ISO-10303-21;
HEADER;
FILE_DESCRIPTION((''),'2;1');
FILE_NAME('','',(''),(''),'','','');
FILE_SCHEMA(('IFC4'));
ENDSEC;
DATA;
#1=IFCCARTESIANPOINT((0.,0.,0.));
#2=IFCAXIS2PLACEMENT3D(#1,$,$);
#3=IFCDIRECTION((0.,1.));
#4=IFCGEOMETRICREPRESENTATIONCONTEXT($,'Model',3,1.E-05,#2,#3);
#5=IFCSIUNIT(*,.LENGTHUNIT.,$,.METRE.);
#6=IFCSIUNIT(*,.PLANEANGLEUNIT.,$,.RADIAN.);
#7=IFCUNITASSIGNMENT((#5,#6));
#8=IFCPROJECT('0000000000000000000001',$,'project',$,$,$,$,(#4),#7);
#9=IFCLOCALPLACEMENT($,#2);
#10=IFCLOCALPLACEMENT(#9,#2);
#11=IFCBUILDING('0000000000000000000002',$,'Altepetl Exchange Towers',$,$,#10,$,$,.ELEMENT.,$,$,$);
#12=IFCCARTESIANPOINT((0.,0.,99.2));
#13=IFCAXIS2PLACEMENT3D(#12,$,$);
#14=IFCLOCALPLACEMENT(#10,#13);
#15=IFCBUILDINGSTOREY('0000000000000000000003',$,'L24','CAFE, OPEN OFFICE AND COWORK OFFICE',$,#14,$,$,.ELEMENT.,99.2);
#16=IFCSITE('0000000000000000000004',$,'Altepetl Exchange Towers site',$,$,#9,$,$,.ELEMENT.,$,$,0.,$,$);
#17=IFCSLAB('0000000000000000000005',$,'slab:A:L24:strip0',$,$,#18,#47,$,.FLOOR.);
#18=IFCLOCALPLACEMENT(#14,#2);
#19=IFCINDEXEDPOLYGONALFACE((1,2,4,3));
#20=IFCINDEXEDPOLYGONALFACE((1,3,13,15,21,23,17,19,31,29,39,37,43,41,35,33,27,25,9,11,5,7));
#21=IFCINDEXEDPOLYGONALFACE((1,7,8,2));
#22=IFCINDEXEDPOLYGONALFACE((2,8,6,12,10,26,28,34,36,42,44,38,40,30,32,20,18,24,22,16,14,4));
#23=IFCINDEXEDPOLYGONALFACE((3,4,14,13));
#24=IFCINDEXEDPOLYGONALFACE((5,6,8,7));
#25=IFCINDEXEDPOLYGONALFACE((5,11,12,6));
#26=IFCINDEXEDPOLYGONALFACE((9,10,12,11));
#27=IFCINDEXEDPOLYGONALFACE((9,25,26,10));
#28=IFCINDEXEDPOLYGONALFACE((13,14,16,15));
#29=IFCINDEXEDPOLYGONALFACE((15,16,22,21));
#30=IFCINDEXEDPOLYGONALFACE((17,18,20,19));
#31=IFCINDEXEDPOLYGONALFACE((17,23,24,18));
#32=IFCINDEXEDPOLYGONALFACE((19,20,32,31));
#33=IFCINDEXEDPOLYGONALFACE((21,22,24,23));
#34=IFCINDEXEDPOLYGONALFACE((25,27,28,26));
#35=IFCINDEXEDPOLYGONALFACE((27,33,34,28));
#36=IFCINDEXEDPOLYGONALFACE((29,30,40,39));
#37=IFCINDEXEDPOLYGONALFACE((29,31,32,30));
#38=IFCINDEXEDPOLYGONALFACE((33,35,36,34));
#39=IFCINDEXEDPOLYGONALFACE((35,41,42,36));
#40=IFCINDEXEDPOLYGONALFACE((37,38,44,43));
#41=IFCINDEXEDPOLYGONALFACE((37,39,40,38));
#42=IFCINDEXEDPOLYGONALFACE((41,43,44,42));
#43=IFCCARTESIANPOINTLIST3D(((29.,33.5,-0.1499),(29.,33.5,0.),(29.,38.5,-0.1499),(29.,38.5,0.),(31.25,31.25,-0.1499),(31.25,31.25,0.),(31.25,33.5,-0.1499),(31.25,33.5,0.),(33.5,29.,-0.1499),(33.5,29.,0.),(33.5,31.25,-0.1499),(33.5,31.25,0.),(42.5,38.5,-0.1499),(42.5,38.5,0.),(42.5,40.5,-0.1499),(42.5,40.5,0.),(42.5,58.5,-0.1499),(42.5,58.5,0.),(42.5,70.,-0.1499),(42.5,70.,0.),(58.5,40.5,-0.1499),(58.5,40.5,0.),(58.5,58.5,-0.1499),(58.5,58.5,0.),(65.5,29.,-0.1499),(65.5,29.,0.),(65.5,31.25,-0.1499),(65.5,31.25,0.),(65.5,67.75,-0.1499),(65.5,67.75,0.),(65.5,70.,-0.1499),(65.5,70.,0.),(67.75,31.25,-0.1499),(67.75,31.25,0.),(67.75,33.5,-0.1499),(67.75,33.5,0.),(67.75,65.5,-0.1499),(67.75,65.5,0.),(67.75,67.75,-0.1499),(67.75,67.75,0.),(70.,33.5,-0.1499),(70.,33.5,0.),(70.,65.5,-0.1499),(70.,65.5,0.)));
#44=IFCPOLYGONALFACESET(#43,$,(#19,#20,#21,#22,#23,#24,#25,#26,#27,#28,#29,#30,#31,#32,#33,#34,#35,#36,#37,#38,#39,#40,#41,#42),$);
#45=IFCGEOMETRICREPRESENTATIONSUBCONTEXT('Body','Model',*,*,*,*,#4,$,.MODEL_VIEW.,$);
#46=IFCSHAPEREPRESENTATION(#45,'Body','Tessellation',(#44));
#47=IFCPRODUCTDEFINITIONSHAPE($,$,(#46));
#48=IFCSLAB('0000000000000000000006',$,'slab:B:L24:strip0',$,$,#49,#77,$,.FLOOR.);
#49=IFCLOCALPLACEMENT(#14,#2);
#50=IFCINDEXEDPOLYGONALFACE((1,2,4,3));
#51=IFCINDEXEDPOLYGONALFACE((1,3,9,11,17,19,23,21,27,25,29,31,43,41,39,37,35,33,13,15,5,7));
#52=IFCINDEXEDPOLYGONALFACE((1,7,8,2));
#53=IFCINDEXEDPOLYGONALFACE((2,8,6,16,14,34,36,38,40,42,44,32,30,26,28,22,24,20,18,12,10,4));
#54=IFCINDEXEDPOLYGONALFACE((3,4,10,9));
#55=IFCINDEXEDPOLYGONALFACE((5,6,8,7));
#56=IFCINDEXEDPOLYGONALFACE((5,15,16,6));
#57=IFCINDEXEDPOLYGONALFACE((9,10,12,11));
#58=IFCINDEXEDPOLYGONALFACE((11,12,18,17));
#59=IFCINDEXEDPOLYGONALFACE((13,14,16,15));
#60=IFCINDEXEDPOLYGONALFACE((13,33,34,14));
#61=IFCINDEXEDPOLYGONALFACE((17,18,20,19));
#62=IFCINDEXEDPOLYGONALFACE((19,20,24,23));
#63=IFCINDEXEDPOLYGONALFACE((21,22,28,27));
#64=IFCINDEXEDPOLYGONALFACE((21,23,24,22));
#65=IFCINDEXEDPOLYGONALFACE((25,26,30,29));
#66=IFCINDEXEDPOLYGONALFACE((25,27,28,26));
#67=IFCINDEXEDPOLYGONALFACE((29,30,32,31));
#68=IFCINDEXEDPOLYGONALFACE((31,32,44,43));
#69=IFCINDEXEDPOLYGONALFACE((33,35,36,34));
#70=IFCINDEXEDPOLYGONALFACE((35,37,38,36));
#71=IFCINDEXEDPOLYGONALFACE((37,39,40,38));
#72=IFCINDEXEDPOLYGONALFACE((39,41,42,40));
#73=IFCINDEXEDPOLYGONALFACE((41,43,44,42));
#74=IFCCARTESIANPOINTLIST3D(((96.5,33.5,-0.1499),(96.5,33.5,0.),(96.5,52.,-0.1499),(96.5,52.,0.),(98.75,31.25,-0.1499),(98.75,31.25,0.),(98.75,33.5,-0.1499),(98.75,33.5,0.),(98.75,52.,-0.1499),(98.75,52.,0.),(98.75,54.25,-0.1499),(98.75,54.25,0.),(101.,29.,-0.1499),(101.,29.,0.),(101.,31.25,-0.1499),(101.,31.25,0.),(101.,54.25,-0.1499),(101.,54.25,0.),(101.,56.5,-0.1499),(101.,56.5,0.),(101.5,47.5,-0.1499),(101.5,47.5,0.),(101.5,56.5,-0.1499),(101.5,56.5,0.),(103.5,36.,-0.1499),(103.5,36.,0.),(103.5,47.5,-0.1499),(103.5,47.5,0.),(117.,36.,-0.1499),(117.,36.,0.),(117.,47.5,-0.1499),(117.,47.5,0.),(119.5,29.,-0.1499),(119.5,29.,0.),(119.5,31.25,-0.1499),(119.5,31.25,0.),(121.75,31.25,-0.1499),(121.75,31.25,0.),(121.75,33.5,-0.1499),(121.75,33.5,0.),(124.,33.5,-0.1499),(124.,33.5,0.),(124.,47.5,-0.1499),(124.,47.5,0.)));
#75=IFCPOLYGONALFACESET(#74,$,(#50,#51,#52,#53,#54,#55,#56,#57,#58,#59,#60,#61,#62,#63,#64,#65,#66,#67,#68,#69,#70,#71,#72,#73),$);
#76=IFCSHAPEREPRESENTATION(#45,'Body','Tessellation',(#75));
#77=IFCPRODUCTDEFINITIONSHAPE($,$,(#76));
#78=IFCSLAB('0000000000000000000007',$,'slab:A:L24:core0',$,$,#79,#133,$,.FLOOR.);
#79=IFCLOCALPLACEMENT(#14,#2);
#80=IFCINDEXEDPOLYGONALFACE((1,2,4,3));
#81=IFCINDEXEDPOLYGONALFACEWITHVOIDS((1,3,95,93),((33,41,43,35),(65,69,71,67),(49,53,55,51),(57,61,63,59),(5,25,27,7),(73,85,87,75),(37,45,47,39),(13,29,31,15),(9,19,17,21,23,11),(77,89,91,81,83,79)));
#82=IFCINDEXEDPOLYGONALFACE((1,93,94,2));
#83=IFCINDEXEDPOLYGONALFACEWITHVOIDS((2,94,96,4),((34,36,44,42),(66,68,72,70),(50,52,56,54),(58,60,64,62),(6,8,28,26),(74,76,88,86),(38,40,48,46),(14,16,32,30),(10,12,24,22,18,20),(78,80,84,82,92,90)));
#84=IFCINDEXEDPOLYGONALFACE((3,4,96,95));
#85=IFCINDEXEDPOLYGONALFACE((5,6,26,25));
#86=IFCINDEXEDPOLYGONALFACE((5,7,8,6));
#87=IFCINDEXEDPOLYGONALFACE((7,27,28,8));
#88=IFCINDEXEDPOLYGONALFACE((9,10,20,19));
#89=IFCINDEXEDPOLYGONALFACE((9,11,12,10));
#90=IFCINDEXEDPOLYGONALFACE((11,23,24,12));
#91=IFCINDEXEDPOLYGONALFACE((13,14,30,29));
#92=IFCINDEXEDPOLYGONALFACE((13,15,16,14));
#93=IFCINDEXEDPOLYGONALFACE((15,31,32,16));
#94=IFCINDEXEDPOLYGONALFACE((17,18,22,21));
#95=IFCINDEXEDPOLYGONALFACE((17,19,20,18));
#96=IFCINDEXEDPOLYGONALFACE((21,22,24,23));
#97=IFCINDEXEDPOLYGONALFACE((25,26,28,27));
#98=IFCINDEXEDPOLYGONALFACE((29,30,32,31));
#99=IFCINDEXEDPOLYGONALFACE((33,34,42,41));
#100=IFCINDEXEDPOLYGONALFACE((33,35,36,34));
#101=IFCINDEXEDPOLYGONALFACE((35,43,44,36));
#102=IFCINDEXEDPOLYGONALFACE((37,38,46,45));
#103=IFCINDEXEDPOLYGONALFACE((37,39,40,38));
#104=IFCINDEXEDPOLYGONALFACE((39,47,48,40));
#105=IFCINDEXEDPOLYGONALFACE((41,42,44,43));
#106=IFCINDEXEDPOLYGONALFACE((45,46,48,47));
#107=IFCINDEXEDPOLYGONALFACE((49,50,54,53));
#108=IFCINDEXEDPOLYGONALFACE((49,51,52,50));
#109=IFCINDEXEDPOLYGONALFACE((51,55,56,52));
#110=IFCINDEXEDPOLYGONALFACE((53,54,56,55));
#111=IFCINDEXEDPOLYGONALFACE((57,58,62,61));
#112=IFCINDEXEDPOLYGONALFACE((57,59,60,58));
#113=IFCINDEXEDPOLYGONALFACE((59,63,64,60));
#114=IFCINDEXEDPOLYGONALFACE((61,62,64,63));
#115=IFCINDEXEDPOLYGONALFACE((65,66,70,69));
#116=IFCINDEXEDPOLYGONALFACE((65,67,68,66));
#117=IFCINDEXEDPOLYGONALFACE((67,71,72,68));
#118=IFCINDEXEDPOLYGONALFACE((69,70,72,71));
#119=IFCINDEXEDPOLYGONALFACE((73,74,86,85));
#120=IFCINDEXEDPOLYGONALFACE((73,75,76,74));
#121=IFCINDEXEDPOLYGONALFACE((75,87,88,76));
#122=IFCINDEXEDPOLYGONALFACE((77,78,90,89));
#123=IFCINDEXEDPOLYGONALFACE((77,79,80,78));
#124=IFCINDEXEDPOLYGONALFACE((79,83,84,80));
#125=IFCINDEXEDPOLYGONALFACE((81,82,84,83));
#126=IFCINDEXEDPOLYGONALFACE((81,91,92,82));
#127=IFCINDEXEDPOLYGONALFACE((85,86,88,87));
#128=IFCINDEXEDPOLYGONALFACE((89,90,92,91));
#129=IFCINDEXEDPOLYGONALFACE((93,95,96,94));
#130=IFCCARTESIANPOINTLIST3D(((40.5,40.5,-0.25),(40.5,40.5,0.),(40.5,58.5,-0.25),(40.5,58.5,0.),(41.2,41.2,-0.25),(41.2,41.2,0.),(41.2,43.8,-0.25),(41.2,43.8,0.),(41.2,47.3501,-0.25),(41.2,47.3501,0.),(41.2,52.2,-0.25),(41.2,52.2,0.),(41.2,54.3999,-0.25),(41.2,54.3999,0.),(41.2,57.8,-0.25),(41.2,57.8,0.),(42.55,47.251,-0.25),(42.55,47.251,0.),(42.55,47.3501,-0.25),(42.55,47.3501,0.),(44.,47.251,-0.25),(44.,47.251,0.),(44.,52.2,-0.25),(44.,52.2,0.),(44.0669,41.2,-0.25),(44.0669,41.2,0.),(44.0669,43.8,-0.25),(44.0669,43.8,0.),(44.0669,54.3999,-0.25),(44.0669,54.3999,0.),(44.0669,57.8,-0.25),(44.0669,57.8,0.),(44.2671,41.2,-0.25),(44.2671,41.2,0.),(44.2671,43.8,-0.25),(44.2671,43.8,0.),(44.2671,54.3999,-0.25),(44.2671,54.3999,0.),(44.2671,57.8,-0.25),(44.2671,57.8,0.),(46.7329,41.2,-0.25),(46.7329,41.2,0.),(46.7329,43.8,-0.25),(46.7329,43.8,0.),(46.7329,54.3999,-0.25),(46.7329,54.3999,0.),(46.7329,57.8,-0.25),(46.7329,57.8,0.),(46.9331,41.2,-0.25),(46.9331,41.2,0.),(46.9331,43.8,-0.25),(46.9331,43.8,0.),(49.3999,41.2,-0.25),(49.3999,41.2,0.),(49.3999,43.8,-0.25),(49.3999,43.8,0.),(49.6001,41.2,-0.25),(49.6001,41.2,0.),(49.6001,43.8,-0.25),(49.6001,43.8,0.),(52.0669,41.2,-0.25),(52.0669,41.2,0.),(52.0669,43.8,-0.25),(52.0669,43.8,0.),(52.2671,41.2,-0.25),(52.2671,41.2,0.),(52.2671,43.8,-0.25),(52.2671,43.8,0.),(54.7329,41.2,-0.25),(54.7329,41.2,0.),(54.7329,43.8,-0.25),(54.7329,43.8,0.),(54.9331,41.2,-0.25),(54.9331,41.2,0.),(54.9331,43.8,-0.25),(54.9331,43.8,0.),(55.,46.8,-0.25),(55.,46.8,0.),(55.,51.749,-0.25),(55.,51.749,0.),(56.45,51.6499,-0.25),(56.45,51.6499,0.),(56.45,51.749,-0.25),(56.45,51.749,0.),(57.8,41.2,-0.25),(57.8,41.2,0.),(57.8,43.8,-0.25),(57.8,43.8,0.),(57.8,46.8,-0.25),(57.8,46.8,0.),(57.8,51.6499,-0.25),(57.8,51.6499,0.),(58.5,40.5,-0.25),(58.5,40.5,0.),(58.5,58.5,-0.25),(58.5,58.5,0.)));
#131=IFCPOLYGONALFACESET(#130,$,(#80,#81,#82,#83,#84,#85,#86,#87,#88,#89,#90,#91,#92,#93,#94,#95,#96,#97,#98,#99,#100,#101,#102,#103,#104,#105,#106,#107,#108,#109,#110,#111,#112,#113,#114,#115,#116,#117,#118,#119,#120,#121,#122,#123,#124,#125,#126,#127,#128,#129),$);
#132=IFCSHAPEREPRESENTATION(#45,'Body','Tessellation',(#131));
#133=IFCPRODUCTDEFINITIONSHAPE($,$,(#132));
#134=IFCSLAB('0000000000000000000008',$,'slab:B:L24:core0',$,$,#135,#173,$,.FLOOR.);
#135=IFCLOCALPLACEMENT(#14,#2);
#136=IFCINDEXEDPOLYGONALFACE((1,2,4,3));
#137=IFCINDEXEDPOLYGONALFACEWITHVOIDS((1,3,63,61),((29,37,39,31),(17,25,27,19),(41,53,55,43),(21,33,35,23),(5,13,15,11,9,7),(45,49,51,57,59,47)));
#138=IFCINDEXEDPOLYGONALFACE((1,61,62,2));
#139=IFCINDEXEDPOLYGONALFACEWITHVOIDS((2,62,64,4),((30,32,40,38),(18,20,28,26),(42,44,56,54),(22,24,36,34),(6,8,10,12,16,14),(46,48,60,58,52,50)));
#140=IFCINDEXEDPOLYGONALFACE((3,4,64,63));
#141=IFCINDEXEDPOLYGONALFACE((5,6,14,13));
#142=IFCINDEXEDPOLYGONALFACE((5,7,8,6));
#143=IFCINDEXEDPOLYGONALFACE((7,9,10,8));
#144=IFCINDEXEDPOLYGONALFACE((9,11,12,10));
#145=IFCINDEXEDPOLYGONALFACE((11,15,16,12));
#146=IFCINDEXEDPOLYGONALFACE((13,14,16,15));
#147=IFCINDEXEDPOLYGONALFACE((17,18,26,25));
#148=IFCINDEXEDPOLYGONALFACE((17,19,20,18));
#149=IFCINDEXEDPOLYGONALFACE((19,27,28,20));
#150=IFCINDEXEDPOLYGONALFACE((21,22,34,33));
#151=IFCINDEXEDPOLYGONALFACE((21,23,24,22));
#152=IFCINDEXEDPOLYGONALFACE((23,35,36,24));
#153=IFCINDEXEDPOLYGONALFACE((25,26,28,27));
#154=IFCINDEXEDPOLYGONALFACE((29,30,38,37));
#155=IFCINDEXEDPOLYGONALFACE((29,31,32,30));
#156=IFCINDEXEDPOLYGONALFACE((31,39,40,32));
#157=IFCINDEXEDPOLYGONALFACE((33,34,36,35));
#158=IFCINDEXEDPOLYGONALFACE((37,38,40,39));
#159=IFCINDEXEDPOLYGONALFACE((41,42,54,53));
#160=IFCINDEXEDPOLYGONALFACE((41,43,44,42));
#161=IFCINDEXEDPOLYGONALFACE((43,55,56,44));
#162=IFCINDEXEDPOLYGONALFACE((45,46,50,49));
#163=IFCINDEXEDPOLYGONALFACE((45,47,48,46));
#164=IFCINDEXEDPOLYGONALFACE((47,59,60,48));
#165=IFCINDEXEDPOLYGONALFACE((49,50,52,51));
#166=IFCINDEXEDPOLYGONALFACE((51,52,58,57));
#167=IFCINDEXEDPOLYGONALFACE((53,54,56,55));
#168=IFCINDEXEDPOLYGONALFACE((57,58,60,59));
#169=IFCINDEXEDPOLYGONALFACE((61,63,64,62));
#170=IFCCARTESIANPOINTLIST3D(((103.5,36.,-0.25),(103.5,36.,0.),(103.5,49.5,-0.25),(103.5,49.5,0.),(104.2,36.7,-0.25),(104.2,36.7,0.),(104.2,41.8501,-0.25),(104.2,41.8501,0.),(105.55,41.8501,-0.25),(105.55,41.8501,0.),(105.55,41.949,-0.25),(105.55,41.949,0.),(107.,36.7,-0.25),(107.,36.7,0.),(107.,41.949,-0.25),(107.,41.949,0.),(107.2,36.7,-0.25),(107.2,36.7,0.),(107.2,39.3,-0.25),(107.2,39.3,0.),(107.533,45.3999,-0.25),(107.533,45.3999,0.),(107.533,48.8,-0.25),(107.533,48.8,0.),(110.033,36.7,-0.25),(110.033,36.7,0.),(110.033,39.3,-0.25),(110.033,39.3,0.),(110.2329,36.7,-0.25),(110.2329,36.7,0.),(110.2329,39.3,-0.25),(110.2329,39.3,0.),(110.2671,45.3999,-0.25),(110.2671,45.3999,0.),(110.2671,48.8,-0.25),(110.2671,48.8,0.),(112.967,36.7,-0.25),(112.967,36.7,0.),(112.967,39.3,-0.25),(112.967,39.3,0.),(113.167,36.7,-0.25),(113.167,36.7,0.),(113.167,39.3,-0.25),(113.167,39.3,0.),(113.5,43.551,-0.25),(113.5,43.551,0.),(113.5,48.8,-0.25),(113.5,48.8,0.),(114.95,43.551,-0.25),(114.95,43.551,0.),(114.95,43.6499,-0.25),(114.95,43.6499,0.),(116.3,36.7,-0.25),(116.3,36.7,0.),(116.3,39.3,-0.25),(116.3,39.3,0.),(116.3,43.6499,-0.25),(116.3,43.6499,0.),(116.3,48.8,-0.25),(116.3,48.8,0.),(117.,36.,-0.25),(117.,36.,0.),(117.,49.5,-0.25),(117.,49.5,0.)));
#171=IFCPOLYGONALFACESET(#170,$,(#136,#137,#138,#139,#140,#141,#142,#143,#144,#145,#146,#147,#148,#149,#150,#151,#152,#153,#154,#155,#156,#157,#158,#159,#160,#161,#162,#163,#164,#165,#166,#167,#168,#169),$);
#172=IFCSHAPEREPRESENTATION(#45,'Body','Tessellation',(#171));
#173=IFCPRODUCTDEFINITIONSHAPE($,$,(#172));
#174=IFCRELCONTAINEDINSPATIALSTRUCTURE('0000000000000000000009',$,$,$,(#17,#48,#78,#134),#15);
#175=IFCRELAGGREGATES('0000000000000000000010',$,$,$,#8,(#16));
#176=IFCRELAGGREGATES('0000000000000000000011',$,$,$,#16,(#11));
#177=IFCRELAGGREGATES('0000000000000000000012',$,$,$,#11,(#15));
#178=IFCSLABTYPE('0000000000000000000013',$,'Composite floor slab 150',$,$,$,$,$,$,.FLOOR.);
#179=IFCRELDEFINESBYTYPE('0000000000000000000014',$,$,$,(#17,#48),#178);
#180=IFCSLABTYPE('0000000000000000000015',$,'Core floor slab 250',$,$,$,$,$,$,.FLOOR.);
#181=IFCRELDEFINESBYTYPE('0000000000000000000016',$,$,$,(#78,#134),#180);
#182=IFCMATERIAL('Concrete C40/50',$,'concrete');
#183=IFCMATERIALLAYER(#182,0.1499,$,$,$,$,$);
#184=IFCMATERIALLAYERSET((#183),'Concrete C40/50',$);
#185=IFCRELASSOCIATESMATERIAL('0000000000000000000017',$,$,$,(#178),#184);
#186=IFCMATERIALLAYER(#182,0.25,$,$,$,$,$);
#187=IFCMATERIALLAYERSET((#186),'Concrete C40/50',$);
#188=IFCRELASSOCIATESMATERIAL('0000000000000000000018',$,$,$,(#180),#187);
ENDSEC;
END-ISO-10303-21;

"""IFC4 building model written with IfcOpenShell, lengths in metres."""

from ifc_helpers import new_model, si_unit, direction, frame, origin, place, context, subcontext, project, spatial, polyline, outline, extrude, material, layer, layer_set, type_object, element, save


model = new_model("IFC4")

# Units and contexts
model_context = context("Model", 3, precision=1e-05, world=origin(), true_north=direction((0.0, 1.0)))
body_context = subcontext(model_context, "Body", "Model", "MODEL_VIEW")
ifc_project = project(units=[si_unit("LENGTHUNIT", "METRE"), si_unit("PLANEANGLEUNIT", "RADIAN")], contexts=[model_context])

# Site, building, storey
site_placement = place(None, origin())
site = spatial("IfcSite", under=ifc_project, at=site_placement, Name="Altepetl Exchange Towers site", CompositionType="ELEMENT", RefElevation=0.0)
building_placement = place(site_placement, origin())
building = spatial("IfcBuilding", under=site, at=building_placement, Name="Altepetl Exchange Towers", CompositionType="ELEMENT")
storey_placement = place(building_placement, frame((0.0, 0.0, 99.2)))
storey = spatial("IfcBuildingStorey", under=building, at=storey_placement, Name="L24", Description="CAFE, OPEN OFFICE AND COWORK OFFICE", CompositionType="ELEMENT", Elevation=99.2)

# Slabs
ifc_material_1 = material(Name="Concrete C40/50", Category="concrete")
ifc_layer_1 = layer(ifc_material_1, 0.1499)
ifc_layer_set_1 = layer_set([ifc_layer_1], Name="Concrete C40/50")
slab_type_1 = type_object("IfcSlabType", Name="Composite floor slab 150", PredefinedType="FLOOR", material=ifc_layer_set_1)
slab_1_placement = place(storey_placement, frame((0.0, 0.0, -0.1499)))
element("IfcSlab", 1, at=slab_1_placement, inside=storey, type_object=slab_type_1, Name="slab:A:L24:strip0", PredefinedType="FLOOR", context=body_context, shape_type="SweptSolid", body=[
    extrude(outline(polyline([(42.5, 70.0), (42.5, 58.5), (58.5, 58.5), (58.5, 40.5), (42.5, 40.5), (42.5, 38.5), (29.0, 38.5), (29.0, 33.5), (31.25, 33.5), (31.25, 31.25), (33.5, 31.25), (33.5, 29.0), (65.5, 29.0), (65.5, 31.25), (67.75, 31.25), (67.75, 33.5), (70.0, 33.5), (70.0, 65.5), (67.75, 65.5), (67.75, 67.75), (65.5, 67.75), (65.5, 70.0), (42.5, 70.0)])), origin(), (0.0, 0.0, 1.0), 0.1499),
])
slab_2_placement = place(storey_placement, frame((0.0, 0.0, -0.1499)))
element("IfcSlab", 2, at=slab_2_placement, inside=storey, type_object=slab_type_1, Name="slab:B:L24:strip0", PredefinedType="FLOOR", context=body_context, shape_type="SweptSolid", body=[
    extrude(outline(polyline([(98.75, 54.25), (98.75, 52.0), (96.5, 52.0), (96.5, 33.5), (98.75, 33.5), (98.75, 31.25), (101.0, 31.25), (101.0, 29.0), (119.5, 29.0), (119.5, 31.25), (121.75, 31.25), (121.75, 33.5), (124.0, 33.5), (124.0, 47.5), (117.0, 47.5), (117.0, 36.0), (103.5, 36.0), (103.5, 47.5), (101.5, 47.5), (101.5, 56.5), (101.0, 56.5), (101.0, 54.25), (98.75, 54.25)])), origin(), (0.0, 0.0, 1.0), 0.1499),
])
ifc_layer_2 = layer(ifc_material_1, 0.25)
ifc_layer_set_2 = layer_set([ifc_layer_2], Name="Concrete C40/50")
slab_type_2 = type_object("IfcSlabType", Name="Core floor slab 250", PredefinedType="FLOOR", material=ifc_layer_set_2)
slab_3_placement = place(storey_placement, frame((0.0, 0.0, -0.25)))
element("IfcSlab", 3, at=slab_3_placement, inside=storey, type_object=slab_type_2, Name="slab:A:L24:core0", PredefinedType="FLOOR", context=body_context, shape_type="SweptSolid", body=[
    extrude(outline(polyline([(40.5, 40.5), (58.5, 40.5), (58.5, 58.5), (40.5, 58.5), (40.5, 40.5)]), holes=[polyline([(41.2, 43.8), (44.0669, 43.8), (44.0669, 41.2), (41.2, 41.2), (41.2, 43.8)]), polyline([(44.2671, 43.8), (46.7329, 43.8), (46.7329, 41.2), (44.2671, 41.2), (44.2671, 43.8)]), polyline([(46.9331, 43.8), (49.3999, 43.8), (49.3999, 41.2), (46.9331, 41.2), (46.9331, 43.8)]), polyline([(52.0669, 43.8), (52.0669, 41.2), (49.6001, 41.2), (49.6001, 43.8), (52.0669, 43.8)]), polyline([(54.7329, 43.8), (54.7329, 41.2), (52.2671, 41.2), (52.2671, 43.8), (54.7329, 43.8)]), polyline([(54.9331, 43.8), (57.8, 43.8), (57.8, 41.2), (54.9331, 41.2), (54.9331, 43.8)]), polyline([(55.0, 51.749), (56.45, 51.749), (56.45, 51.6499), (57.8, 51.6499), (57.8, 46.8), (55.0, 46.8), (55.0, 51.749)]), polyline([(44.0, 47.251), (42.55, 47.251), (42.55, 47.3501), (41.2, 47.3501), (41.2, 52.2), (44.0, 52.2), (44.0, 47.251)]), polyline([(44.0669, 57.8), (44.0669, 54.3999), (41.2, 54.3999), (41.2, 57.8), (44.0669, 57.8)]), polyline([(46.7329, 57.8), (46.7329, 54.3999), (44.2671, 54.3999), (44.2671, 57.8), (46.7329, 57.8)])]), origin(), (0.0, 0.0, 1.0), 0.25),
])
slab_4_placement = place(storey_placement, frame((0.0, 0.0, -0.25)))
element("IfcSlab", 4, at=slab_4_placement, inside=storey, type_object=slab_type_2, Name="slab:B:L24:core0", PredefinedType="FLOOR", context=body_context, shape_type="SweptSolid", body=[
    extrude(outline(polyline([(103.5, 36.0), (117.0, 36.0), (117.0, 49.5), (103.5, 49.5), (103.5, 36.0)]), holes=[polyline([(107.2, 36.7), (107.2, 39.3), (110.033, 39.3), (110.033, 36.7), (107.2, 36.7)]), polyline([(110.2329, 39.3), (112.967, 39.3), (112.967, 36.7), (110.2329, 36.7), (110.2329, 39.3)]), polyline([(113.167, 39.3), (116.3, 39.3), (116.3, 36.7), (113.167, 36.7), (113.167, 39.3)]), polyline([(107.0, 36.7), (104.2, 36.7), (104.2, 41.8501), (105.55, 41.8501), (105.55, 41.949), (107.0, 41.949), (107.0, 36.7)]), polyline([(116.3, 48.8), (116.3, 43.6499), (114.95, 43.6499), (114.95, 43.551), (113.5, 43.551), (113.5, 48.8), (116.3, 48.8)]), polyline([(107.533, 48.8), (110.2671, 48.8), (110.2671, 45.3999), (107.533, 45.3999), (107.533, 48.8)])]), origin(), (0.0, 0.0, 1.0), 0.25),
])

save(model, "model.ifc")
